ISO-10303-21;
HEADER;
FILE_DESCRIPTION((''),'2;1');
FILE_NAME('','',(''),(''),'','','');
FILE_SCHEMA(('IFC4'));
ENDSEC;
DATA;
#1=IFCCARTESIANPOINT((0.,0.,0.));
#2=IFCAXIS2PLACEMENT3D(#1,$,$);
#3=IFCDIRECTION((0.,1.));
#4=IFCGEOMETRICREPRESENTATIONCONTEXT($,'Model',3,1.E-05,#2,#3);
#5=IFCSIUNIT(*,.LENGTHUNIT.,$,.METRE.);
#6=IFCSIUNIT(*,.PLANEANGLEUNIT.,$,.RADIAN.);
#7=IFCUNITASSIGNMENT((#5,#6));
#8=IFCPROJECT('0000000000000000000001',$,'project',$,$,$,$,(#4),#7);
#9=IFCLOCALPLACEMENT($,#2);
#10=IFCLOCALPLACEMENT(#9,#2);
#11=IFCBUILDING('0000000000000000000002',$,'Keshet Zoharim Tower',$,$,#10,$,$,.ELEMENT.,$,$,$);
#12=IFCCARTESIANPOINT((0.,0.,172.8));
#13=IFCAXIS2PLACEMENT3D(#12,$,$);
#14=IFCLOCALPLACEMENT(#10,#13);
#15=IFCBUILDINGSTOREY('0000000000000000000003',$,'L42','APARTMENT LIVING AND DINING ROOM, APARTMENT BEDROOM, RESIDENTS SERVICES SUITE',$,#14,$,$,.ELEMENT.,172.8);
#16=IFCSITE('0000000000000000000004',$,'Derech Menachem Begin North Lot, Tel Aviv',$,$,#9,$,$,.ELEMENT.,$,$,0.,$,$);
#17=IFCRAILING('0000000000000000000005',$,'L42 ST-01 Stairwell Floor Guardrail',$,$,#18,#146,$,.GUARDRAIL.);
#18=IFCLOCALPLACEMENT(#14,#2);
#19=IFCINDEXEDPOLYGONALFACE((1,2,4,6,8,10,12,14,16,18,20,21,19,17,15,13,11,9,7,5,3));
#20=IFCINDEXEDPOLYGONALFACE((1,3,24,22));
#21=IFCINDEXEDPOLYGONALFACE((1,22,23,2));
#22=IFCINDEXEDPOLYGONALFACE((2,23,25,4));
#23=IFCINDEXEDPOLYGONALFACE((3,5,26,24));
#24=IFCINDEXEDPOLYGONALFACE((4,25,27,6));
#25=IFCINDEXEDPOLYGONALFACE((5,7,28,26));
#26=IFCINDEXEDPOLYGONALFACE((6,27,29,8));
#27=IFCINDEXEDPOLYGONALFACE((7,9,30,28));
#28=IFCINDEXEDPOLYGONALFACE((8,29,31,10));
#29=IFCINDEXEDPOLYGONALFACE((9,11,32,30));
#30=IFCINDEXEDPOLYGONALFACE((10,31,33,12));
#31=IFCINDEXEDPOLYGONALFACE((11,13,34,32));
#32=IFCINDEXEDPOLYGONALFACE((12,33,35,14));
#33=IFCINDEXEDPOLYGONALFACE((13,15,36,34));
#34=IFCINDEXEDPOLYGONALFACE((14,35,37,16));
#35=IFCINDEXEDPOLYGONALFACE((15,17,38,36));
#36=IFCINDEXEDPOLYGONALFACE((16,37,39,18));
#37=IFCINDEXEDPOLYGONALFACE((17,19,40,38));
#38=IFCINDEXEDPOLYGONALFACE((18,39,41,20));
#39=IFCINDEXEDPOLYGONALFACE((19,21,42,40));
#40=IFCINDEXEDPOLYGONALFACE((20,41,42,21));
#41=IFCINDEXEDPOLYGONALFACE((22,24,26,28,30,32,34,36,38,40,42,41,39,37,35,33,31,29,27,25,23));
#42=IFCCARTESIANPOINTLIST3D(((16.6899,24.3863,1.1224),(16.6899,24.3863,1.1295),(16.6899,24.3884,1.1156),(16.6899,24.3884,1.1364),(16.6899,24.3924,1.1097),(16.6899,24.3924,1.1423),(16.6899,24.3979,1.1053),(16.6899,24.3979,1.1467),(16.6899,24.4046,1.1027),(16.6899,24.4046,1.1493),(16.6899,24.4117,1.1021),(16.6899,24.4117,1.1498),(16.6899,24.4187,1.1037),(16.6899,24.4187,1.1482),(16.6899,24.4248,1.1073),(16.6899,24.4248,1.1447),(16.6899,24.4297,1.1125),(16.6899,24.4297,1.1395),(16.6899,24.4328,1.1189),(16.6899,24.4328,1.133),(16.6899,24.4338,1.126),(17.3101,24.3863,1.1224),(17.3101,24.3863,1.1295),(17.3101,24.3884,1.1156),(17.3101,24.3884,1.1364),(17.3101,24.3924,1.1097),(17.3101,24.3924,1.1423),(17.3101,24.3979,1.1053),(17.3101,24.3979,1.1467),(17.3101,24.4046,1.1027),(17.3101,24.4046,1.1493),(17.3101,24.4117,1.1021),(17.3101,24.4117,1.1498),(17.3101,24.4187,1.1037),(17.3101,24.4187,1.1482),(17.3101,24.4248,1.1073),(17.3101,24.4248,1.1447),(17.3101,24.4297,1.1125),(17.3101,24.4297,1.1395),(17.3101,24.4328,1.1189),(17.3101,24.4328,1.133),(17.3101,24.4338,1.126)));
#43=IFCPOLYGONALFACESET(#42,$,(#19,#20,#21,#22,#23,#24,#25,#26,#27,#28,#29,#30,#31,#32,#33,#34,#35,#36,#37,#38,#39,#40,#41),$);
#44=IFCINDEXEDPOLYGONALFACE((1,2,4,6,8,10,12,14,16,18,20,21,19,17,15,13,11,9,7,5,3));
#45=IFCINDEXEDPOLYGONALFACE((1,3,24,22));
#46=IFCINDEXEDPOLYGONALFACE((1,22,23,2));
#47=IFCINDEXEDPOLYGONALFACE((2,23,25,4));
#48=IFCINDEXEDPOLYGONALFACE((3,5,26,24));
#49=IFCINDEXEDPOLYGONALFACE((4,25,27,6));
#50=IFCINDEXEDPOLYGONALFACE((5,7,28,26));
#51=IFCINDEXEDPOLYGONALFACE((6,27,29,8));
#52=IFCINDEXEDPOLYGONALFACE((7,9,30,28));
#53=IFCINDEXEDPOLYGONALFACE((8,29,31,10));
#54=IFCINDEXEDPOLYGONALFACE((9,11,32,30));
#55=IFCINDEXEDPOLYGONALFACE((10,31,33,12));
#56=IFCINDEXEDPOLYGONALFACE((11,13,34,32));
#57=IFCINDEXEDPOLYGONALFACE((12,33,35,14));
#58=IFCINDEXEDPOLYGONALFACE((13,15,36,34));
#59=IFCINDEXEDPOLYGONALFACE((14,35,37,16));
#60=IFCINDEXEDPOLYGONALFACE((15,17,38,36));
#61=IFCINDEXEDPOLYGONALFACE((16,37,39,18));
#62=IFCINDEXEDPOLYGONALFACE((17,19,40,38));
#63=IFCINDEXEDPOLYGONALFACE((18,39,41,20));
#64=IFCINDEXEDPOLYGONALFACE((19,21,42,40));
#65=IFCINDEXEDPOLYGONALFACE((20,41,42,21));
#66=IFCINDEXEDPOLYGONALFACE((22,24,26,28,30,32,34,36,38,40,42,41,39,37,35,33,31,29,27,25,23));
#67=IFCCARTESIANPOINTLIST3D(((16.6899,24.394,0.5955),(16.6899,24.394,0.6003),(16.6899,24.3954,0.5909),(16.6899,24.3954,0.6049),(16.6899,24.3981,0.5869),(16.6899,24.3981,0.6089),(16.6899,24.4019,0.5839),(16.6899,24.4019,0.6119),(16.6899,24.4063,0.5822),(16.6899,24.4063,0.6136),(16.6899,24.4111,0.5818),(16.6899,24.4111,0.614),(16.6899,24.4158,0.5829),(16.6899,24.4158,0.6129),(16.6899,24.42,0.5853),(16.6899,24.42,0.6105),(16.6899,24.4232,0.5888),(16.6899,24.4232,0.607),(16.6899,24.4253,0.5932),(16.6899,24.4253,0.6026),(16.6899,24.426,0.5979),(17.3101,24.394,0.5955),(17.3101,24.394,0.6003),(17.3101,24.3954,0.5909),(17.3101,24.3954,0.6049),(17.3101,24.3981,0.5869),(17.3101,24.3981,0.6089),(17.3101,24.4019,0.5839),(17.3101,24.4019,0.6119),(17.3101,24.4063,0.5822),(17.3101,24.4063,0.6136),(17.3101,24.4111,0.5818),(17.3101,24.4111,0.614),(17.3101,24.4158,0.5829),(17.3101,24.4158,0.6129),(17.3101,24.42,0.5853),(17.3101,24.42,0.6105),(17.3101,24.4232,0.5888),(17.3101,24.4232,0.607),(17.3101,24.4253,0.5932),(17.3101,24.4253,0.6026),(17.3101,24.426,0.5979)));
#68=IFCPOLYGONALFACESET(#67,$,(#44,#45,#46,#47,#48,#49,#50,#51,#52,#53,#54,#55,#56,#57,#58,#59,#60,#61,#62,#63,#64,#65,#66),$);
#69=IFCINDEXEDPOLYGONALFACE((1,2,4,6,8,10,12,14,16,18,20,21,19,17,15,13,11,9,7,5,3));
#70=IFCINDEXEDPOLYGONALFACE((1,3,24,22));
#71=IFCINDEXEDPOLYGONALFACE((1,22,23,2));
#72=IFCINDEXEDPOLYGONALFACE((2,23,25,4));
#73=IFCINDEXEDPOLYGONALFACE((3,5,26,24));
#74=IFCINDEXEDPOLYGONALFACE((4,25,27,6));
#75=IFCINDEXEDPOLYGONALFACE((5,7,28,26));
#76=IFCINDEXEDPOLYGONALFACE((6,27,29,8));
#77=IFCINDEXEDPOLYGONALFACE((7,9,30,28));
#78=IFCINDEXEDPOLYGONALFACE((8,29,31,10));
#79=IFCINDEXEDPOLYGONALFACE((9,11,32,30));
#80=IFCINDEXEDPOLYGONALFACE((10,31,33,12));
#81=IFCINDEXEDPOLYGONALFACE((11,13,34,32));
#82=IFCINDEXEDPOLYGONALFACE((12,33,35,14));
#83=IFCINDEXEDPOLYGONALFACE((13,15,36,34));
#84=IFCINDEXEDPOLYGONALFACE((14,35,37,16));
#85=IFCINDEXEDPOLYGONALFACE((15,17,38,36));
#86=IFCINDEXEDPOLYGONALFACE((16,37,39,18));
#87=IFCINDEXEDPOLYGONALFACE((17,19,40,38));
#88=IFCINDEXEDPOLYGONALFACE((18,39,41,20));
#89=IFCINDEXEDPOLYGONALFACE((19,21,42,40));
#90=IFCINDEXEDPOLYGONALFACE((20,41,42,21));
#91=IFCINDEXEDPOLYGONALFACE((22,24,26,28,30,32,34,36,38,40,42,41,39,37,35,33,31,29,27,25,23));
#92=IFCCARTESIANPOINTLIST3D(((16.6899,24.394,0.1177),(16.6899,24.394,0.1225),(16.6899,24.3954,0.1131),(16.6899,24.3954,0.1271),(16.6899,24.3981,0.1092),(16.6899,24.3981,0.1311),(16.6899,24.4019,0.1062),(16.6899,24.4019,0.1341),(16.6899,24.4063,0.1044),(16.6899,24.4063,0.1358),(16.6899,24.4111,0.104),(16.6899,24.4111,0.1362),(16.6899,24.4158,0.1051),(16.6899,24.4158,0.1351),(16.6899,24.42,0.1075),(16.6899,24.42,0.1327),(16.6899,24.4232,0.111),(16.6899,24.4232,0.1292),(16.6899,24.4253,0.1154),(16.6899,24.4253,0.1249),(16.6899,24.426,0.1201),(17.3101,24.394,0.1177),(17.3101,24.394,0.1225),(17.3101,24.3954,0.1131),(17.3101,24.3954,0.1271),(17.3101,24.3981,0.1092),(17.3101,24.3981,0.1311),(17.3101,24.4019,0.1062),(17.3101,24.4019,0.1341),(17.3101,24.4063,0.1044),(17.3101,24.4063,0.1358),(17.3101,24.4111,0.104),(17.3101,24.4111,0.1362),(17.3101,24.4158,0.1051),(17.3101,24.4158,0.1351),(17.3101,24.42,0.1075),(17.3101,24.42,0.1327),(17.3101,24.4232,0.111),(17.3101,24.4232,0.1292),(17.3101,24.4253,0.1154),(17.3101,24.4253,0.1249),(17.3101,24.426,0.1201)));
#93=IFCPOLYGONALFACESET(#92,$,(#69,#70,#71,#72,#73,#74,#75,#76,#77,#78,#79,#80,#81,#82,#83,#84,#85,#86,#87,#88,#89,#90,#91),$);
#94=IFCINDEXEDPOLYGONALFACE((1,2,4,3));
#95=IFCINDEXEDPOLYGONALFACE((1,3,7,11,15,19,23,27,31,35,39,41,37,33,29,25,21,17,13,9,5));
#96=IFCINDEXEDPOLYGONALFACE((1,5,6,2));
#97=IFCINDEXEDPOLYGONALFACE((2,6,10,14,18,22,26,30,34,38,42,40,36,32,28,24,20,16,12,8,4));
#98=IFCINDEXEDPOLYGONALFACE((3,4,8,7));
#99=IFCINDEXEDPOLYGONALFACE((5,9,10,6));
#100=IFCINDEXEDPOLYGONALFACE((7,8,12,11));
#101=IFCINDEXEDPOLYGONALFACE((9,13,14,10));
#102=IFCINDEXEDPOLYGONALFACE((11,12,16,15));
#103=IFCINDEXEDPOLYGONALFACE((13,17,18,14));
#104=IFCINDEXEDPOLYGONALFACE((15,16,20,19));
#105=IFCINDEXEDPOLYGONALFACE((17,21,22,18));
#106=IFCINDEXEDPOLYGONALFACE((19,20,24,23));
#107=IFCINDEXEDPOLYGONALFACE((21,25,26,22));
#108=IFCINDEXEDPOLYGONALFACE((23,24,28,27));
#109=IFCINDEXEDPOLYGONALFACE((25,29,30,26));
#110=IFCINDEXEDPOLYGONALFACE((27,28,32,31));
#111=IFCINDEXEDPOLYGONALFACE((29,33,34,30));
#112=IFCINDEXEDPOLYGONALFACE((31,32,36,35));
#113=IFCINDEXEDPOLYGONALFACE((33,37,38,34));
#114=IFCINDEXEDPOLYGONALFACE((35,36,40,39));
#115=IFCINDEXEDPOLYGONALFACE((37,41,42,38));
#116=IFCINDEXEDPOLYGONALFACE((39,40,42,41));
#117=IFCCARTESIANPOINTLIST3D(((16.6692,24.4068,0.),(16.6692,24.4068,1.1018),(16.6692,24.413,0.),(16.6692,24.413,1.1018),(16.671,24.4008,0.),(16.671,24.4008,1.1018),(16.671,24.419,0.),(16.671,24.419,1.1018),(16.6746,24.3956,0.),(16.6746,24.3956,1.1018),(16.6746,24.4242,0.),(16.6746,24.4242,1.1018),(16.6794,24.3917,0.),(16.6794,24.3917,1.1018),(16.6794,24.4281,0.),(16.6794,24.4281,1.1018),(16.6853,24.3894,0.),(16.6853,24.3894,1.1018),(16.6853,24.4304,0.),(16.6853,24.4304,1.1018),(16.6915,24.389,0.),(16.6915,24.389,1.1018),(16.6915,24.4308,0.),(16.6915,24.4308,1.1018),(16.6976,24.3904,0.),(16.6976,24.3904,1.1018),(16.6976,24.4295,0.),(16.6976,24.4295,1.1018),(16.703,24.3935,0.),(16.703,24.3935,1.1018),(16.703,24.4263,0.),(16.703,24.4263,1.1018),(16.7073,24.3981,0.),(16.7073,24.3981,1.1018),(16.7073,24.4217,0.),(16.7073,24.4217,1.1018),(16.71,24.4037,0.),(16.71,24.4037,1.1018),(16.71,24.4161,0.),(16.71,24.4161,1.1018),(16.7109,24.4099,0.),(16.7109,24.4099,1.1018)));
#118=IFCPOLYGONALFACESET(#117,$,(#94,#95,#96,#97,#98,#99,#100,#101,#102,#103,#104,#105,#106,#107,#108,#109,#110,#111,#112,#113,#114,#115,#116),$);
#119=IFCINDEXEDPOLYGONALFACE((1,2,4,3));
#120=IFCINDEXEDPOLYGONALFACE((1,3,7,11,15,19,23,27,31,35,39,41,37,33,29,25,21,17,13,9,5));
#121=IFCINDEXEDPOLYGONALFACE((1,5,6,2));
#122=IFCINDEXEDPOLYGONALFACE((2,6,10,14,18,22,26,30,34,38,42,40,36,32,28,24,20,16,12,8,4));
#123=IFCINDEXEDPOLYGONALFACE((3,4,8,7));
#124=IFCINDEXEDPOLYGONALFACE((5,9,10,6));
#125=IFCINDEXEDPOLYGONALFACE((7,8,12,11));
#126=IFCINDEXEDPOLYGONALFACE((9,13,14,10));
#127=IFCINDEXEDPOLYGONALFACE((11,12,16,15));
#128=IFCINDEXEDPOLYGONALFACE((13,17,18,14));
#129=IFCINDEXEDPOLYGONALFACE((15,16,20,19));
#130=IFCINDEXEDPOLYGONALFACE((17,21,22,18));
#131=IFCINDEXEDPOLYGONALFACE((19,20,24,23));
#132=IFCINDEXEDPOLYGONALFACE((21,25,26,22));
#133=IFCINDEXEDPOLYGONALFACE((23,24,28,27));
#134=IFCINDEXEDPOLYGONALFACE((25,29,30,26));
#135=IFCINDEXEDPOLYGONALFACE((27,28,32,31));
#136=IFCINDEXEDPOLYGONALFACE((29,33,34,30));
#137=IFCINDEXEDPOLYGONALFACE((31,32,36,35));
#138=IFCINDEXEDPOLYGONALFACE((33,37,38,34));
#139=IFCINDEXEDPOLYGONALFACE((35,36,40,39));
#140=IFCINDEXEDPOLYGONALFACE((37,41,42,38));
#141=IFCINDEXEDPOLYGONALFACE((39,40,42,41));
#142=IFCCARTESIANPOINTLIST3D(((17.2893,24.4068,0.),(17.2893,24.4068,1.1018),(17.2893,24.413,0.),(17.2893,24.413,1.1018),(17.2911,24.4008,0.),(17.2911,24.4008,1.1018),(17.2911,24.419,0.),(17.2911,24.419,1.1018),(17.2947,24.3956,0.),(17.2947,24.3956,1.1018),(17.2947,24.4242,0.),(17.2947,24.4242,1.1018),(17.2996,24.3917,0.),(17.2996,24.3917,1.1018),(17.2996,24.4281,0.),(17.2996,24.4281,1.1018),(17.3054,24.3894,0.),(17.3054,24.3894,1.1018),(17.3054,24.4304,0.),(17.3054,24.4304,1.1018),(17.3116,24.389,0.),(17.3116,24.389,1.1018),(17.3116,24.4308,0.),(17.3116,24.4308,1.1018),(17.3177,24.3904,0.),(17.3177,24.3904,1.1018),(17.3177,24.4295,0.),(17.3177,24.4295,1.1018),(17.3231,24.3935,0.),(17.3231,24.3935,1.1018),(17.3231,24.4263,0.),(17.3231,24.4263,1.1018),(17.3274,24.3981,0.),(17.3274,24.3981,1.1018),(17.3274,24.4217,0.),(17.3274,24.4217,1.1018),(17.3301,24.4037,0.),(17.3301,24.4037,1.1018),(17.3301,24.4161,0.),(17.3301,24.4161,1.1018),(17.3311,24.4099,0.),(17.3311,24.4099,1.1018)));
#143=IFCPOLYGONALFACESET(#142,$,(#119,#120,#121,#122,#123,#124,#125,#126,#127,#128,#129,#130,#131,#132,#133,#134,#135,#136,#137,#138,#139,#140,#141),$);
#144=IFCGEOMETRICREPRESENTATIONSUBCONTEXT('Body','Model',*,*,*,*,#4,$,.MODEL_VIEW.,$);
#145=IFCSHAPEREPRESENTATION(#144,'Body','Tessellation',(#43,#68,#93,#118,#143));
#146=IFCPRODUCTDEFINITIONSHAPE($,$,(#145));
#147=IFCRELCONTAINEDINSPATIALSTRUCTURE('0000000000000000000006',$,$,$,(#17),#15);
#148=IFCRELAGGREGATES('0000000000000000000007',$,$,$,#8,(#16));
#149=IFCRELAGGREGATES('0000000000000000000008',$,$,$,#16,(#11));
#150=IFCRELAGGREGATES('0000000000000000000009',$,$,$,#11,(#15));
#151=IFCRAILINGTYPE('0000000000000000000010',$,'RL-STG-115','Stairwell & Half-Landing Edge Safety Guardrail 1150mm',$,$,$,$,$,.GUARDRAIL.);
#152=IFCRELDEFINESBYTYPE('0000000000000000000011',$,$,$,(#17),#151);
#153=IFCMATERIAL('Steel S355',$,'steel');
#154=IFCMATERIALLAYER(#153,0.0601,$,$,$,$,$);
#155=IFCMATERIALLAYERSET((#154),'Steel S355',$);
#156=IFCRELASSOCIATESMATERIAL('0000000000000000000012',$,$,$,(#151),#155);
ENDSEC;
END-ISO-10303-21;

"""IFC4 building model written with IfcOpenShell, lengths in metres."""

from ifc_helpers import new_model, si_unit, direction, frame, origin, origin_2d, place, context, subcontext, project, spatial, circle, extrude, material, layer, layer_set, type_object, element, save


model = new_model("IFC4")

# Units and contexts
model_context = context("Model", 3, precision=1e-05, world=origin(), true_north=direction((0.0, 1.0)))
body_context = subcontext(model_context, "Body", "Model", "MODEL_VIEW")
ifc_project = project(units=[si_unit("LENGTHUNIT", "METRE"), si_unit("PLANEANGLEUNIT", "RADIAN")], contexts=[model_context])

# Site, building, storey
site_placement = place(None, origin())
site = spatial("IfcSite", under=ifc_project, at=site_placement, Name="Derech Menachem Begin North Lot, Tel Aviv", CompositionType="ELEMENT", RefElevation=0.0)
building_placement = place(site_placement, origin())
building = spatial("IfcBuilding", under=site, at=building_placement, Name="Keshet Zoharim Tower", CompositionType="ELEMENT")
storey_placement = place(building_placement, frame((0.0, 0.0, 172.8)))
storey = spatial("IfcBuildingStorey", under=building, at=storey_placement, Name="L42", Description="APARTMENT LIVING AND DINING ROOM, APARTMENT BEDROOM, RESIDENTS SERVICES SUITE", CompositionType="ELEMENT", Elevation=172.8)

# Railing
ifc_material_1 = material(Name="Steel S355", Category="steel")
ifc_layer_1 = layer(ifc_material_1, 0.0601)
ifc_layer_set_1 = layer_set([ifc_layer_1], Name="Steel S355")
railing_type_1 = type_object("IfcRailingType", Name="RL-STG-115", Description="Stairwell & Half-Landing Edge Safety Guardrail 1150mm", PredefinedType="GUARDRAIL", material=ifc_layer_set_1)
railing_1_placement = place(storey_placement, frame((16.6899, 24.4099, 0.0)))
element("IfcRailing", 1, at=railing_1_placement, inside=storey, type_object=railing_type_1, Name="L42 ST-01 Stairwell Floor Guardrail", PredefinedType="GUARDRAIL", context=body_context, shape_type="SweptSolid", body=[
    extrude(circle(Radius=0.0239, at=origin_2d()), frame((0.0, 0.0, 1.126), z_axis=(1.0, 0.0, 0.0), x_axis=(0.0, 1.0, 0.0)), (0.0, 0.0, 1.0), 0.6201),
    extrude(circle(Radius=0.0161, at=origin_2d()), frame((0.0, 0.0, 0.5979), z_axis=(1.0, 0.0, 0.0), x_axis=(0.0, 1.0, 0.0)), (0.0, 0.0, 1.0), 0.6201),
    extrude(circle(Radius=0.0161, at=origin_2d()), frame((0.0, 0.0, 0.1201), z_axis=(1.0, 0.0, 0.0), x_axis=(0.0, 1.0, 0.0)), (0.0, 0.0, 1.0), 0.6201),
    extrude(circle(Radius=0.021, at=origin_2d()), origin(), (0.0, 0.0, 1.0), 1.1018),
    extrude(circle(Radius=0.021, at=origin_2d()), frame((0.6201, 0.0, 0.0)), (0.0, 0.0, 1.0), 1.1018),
])

save(model, "model.ifc")
